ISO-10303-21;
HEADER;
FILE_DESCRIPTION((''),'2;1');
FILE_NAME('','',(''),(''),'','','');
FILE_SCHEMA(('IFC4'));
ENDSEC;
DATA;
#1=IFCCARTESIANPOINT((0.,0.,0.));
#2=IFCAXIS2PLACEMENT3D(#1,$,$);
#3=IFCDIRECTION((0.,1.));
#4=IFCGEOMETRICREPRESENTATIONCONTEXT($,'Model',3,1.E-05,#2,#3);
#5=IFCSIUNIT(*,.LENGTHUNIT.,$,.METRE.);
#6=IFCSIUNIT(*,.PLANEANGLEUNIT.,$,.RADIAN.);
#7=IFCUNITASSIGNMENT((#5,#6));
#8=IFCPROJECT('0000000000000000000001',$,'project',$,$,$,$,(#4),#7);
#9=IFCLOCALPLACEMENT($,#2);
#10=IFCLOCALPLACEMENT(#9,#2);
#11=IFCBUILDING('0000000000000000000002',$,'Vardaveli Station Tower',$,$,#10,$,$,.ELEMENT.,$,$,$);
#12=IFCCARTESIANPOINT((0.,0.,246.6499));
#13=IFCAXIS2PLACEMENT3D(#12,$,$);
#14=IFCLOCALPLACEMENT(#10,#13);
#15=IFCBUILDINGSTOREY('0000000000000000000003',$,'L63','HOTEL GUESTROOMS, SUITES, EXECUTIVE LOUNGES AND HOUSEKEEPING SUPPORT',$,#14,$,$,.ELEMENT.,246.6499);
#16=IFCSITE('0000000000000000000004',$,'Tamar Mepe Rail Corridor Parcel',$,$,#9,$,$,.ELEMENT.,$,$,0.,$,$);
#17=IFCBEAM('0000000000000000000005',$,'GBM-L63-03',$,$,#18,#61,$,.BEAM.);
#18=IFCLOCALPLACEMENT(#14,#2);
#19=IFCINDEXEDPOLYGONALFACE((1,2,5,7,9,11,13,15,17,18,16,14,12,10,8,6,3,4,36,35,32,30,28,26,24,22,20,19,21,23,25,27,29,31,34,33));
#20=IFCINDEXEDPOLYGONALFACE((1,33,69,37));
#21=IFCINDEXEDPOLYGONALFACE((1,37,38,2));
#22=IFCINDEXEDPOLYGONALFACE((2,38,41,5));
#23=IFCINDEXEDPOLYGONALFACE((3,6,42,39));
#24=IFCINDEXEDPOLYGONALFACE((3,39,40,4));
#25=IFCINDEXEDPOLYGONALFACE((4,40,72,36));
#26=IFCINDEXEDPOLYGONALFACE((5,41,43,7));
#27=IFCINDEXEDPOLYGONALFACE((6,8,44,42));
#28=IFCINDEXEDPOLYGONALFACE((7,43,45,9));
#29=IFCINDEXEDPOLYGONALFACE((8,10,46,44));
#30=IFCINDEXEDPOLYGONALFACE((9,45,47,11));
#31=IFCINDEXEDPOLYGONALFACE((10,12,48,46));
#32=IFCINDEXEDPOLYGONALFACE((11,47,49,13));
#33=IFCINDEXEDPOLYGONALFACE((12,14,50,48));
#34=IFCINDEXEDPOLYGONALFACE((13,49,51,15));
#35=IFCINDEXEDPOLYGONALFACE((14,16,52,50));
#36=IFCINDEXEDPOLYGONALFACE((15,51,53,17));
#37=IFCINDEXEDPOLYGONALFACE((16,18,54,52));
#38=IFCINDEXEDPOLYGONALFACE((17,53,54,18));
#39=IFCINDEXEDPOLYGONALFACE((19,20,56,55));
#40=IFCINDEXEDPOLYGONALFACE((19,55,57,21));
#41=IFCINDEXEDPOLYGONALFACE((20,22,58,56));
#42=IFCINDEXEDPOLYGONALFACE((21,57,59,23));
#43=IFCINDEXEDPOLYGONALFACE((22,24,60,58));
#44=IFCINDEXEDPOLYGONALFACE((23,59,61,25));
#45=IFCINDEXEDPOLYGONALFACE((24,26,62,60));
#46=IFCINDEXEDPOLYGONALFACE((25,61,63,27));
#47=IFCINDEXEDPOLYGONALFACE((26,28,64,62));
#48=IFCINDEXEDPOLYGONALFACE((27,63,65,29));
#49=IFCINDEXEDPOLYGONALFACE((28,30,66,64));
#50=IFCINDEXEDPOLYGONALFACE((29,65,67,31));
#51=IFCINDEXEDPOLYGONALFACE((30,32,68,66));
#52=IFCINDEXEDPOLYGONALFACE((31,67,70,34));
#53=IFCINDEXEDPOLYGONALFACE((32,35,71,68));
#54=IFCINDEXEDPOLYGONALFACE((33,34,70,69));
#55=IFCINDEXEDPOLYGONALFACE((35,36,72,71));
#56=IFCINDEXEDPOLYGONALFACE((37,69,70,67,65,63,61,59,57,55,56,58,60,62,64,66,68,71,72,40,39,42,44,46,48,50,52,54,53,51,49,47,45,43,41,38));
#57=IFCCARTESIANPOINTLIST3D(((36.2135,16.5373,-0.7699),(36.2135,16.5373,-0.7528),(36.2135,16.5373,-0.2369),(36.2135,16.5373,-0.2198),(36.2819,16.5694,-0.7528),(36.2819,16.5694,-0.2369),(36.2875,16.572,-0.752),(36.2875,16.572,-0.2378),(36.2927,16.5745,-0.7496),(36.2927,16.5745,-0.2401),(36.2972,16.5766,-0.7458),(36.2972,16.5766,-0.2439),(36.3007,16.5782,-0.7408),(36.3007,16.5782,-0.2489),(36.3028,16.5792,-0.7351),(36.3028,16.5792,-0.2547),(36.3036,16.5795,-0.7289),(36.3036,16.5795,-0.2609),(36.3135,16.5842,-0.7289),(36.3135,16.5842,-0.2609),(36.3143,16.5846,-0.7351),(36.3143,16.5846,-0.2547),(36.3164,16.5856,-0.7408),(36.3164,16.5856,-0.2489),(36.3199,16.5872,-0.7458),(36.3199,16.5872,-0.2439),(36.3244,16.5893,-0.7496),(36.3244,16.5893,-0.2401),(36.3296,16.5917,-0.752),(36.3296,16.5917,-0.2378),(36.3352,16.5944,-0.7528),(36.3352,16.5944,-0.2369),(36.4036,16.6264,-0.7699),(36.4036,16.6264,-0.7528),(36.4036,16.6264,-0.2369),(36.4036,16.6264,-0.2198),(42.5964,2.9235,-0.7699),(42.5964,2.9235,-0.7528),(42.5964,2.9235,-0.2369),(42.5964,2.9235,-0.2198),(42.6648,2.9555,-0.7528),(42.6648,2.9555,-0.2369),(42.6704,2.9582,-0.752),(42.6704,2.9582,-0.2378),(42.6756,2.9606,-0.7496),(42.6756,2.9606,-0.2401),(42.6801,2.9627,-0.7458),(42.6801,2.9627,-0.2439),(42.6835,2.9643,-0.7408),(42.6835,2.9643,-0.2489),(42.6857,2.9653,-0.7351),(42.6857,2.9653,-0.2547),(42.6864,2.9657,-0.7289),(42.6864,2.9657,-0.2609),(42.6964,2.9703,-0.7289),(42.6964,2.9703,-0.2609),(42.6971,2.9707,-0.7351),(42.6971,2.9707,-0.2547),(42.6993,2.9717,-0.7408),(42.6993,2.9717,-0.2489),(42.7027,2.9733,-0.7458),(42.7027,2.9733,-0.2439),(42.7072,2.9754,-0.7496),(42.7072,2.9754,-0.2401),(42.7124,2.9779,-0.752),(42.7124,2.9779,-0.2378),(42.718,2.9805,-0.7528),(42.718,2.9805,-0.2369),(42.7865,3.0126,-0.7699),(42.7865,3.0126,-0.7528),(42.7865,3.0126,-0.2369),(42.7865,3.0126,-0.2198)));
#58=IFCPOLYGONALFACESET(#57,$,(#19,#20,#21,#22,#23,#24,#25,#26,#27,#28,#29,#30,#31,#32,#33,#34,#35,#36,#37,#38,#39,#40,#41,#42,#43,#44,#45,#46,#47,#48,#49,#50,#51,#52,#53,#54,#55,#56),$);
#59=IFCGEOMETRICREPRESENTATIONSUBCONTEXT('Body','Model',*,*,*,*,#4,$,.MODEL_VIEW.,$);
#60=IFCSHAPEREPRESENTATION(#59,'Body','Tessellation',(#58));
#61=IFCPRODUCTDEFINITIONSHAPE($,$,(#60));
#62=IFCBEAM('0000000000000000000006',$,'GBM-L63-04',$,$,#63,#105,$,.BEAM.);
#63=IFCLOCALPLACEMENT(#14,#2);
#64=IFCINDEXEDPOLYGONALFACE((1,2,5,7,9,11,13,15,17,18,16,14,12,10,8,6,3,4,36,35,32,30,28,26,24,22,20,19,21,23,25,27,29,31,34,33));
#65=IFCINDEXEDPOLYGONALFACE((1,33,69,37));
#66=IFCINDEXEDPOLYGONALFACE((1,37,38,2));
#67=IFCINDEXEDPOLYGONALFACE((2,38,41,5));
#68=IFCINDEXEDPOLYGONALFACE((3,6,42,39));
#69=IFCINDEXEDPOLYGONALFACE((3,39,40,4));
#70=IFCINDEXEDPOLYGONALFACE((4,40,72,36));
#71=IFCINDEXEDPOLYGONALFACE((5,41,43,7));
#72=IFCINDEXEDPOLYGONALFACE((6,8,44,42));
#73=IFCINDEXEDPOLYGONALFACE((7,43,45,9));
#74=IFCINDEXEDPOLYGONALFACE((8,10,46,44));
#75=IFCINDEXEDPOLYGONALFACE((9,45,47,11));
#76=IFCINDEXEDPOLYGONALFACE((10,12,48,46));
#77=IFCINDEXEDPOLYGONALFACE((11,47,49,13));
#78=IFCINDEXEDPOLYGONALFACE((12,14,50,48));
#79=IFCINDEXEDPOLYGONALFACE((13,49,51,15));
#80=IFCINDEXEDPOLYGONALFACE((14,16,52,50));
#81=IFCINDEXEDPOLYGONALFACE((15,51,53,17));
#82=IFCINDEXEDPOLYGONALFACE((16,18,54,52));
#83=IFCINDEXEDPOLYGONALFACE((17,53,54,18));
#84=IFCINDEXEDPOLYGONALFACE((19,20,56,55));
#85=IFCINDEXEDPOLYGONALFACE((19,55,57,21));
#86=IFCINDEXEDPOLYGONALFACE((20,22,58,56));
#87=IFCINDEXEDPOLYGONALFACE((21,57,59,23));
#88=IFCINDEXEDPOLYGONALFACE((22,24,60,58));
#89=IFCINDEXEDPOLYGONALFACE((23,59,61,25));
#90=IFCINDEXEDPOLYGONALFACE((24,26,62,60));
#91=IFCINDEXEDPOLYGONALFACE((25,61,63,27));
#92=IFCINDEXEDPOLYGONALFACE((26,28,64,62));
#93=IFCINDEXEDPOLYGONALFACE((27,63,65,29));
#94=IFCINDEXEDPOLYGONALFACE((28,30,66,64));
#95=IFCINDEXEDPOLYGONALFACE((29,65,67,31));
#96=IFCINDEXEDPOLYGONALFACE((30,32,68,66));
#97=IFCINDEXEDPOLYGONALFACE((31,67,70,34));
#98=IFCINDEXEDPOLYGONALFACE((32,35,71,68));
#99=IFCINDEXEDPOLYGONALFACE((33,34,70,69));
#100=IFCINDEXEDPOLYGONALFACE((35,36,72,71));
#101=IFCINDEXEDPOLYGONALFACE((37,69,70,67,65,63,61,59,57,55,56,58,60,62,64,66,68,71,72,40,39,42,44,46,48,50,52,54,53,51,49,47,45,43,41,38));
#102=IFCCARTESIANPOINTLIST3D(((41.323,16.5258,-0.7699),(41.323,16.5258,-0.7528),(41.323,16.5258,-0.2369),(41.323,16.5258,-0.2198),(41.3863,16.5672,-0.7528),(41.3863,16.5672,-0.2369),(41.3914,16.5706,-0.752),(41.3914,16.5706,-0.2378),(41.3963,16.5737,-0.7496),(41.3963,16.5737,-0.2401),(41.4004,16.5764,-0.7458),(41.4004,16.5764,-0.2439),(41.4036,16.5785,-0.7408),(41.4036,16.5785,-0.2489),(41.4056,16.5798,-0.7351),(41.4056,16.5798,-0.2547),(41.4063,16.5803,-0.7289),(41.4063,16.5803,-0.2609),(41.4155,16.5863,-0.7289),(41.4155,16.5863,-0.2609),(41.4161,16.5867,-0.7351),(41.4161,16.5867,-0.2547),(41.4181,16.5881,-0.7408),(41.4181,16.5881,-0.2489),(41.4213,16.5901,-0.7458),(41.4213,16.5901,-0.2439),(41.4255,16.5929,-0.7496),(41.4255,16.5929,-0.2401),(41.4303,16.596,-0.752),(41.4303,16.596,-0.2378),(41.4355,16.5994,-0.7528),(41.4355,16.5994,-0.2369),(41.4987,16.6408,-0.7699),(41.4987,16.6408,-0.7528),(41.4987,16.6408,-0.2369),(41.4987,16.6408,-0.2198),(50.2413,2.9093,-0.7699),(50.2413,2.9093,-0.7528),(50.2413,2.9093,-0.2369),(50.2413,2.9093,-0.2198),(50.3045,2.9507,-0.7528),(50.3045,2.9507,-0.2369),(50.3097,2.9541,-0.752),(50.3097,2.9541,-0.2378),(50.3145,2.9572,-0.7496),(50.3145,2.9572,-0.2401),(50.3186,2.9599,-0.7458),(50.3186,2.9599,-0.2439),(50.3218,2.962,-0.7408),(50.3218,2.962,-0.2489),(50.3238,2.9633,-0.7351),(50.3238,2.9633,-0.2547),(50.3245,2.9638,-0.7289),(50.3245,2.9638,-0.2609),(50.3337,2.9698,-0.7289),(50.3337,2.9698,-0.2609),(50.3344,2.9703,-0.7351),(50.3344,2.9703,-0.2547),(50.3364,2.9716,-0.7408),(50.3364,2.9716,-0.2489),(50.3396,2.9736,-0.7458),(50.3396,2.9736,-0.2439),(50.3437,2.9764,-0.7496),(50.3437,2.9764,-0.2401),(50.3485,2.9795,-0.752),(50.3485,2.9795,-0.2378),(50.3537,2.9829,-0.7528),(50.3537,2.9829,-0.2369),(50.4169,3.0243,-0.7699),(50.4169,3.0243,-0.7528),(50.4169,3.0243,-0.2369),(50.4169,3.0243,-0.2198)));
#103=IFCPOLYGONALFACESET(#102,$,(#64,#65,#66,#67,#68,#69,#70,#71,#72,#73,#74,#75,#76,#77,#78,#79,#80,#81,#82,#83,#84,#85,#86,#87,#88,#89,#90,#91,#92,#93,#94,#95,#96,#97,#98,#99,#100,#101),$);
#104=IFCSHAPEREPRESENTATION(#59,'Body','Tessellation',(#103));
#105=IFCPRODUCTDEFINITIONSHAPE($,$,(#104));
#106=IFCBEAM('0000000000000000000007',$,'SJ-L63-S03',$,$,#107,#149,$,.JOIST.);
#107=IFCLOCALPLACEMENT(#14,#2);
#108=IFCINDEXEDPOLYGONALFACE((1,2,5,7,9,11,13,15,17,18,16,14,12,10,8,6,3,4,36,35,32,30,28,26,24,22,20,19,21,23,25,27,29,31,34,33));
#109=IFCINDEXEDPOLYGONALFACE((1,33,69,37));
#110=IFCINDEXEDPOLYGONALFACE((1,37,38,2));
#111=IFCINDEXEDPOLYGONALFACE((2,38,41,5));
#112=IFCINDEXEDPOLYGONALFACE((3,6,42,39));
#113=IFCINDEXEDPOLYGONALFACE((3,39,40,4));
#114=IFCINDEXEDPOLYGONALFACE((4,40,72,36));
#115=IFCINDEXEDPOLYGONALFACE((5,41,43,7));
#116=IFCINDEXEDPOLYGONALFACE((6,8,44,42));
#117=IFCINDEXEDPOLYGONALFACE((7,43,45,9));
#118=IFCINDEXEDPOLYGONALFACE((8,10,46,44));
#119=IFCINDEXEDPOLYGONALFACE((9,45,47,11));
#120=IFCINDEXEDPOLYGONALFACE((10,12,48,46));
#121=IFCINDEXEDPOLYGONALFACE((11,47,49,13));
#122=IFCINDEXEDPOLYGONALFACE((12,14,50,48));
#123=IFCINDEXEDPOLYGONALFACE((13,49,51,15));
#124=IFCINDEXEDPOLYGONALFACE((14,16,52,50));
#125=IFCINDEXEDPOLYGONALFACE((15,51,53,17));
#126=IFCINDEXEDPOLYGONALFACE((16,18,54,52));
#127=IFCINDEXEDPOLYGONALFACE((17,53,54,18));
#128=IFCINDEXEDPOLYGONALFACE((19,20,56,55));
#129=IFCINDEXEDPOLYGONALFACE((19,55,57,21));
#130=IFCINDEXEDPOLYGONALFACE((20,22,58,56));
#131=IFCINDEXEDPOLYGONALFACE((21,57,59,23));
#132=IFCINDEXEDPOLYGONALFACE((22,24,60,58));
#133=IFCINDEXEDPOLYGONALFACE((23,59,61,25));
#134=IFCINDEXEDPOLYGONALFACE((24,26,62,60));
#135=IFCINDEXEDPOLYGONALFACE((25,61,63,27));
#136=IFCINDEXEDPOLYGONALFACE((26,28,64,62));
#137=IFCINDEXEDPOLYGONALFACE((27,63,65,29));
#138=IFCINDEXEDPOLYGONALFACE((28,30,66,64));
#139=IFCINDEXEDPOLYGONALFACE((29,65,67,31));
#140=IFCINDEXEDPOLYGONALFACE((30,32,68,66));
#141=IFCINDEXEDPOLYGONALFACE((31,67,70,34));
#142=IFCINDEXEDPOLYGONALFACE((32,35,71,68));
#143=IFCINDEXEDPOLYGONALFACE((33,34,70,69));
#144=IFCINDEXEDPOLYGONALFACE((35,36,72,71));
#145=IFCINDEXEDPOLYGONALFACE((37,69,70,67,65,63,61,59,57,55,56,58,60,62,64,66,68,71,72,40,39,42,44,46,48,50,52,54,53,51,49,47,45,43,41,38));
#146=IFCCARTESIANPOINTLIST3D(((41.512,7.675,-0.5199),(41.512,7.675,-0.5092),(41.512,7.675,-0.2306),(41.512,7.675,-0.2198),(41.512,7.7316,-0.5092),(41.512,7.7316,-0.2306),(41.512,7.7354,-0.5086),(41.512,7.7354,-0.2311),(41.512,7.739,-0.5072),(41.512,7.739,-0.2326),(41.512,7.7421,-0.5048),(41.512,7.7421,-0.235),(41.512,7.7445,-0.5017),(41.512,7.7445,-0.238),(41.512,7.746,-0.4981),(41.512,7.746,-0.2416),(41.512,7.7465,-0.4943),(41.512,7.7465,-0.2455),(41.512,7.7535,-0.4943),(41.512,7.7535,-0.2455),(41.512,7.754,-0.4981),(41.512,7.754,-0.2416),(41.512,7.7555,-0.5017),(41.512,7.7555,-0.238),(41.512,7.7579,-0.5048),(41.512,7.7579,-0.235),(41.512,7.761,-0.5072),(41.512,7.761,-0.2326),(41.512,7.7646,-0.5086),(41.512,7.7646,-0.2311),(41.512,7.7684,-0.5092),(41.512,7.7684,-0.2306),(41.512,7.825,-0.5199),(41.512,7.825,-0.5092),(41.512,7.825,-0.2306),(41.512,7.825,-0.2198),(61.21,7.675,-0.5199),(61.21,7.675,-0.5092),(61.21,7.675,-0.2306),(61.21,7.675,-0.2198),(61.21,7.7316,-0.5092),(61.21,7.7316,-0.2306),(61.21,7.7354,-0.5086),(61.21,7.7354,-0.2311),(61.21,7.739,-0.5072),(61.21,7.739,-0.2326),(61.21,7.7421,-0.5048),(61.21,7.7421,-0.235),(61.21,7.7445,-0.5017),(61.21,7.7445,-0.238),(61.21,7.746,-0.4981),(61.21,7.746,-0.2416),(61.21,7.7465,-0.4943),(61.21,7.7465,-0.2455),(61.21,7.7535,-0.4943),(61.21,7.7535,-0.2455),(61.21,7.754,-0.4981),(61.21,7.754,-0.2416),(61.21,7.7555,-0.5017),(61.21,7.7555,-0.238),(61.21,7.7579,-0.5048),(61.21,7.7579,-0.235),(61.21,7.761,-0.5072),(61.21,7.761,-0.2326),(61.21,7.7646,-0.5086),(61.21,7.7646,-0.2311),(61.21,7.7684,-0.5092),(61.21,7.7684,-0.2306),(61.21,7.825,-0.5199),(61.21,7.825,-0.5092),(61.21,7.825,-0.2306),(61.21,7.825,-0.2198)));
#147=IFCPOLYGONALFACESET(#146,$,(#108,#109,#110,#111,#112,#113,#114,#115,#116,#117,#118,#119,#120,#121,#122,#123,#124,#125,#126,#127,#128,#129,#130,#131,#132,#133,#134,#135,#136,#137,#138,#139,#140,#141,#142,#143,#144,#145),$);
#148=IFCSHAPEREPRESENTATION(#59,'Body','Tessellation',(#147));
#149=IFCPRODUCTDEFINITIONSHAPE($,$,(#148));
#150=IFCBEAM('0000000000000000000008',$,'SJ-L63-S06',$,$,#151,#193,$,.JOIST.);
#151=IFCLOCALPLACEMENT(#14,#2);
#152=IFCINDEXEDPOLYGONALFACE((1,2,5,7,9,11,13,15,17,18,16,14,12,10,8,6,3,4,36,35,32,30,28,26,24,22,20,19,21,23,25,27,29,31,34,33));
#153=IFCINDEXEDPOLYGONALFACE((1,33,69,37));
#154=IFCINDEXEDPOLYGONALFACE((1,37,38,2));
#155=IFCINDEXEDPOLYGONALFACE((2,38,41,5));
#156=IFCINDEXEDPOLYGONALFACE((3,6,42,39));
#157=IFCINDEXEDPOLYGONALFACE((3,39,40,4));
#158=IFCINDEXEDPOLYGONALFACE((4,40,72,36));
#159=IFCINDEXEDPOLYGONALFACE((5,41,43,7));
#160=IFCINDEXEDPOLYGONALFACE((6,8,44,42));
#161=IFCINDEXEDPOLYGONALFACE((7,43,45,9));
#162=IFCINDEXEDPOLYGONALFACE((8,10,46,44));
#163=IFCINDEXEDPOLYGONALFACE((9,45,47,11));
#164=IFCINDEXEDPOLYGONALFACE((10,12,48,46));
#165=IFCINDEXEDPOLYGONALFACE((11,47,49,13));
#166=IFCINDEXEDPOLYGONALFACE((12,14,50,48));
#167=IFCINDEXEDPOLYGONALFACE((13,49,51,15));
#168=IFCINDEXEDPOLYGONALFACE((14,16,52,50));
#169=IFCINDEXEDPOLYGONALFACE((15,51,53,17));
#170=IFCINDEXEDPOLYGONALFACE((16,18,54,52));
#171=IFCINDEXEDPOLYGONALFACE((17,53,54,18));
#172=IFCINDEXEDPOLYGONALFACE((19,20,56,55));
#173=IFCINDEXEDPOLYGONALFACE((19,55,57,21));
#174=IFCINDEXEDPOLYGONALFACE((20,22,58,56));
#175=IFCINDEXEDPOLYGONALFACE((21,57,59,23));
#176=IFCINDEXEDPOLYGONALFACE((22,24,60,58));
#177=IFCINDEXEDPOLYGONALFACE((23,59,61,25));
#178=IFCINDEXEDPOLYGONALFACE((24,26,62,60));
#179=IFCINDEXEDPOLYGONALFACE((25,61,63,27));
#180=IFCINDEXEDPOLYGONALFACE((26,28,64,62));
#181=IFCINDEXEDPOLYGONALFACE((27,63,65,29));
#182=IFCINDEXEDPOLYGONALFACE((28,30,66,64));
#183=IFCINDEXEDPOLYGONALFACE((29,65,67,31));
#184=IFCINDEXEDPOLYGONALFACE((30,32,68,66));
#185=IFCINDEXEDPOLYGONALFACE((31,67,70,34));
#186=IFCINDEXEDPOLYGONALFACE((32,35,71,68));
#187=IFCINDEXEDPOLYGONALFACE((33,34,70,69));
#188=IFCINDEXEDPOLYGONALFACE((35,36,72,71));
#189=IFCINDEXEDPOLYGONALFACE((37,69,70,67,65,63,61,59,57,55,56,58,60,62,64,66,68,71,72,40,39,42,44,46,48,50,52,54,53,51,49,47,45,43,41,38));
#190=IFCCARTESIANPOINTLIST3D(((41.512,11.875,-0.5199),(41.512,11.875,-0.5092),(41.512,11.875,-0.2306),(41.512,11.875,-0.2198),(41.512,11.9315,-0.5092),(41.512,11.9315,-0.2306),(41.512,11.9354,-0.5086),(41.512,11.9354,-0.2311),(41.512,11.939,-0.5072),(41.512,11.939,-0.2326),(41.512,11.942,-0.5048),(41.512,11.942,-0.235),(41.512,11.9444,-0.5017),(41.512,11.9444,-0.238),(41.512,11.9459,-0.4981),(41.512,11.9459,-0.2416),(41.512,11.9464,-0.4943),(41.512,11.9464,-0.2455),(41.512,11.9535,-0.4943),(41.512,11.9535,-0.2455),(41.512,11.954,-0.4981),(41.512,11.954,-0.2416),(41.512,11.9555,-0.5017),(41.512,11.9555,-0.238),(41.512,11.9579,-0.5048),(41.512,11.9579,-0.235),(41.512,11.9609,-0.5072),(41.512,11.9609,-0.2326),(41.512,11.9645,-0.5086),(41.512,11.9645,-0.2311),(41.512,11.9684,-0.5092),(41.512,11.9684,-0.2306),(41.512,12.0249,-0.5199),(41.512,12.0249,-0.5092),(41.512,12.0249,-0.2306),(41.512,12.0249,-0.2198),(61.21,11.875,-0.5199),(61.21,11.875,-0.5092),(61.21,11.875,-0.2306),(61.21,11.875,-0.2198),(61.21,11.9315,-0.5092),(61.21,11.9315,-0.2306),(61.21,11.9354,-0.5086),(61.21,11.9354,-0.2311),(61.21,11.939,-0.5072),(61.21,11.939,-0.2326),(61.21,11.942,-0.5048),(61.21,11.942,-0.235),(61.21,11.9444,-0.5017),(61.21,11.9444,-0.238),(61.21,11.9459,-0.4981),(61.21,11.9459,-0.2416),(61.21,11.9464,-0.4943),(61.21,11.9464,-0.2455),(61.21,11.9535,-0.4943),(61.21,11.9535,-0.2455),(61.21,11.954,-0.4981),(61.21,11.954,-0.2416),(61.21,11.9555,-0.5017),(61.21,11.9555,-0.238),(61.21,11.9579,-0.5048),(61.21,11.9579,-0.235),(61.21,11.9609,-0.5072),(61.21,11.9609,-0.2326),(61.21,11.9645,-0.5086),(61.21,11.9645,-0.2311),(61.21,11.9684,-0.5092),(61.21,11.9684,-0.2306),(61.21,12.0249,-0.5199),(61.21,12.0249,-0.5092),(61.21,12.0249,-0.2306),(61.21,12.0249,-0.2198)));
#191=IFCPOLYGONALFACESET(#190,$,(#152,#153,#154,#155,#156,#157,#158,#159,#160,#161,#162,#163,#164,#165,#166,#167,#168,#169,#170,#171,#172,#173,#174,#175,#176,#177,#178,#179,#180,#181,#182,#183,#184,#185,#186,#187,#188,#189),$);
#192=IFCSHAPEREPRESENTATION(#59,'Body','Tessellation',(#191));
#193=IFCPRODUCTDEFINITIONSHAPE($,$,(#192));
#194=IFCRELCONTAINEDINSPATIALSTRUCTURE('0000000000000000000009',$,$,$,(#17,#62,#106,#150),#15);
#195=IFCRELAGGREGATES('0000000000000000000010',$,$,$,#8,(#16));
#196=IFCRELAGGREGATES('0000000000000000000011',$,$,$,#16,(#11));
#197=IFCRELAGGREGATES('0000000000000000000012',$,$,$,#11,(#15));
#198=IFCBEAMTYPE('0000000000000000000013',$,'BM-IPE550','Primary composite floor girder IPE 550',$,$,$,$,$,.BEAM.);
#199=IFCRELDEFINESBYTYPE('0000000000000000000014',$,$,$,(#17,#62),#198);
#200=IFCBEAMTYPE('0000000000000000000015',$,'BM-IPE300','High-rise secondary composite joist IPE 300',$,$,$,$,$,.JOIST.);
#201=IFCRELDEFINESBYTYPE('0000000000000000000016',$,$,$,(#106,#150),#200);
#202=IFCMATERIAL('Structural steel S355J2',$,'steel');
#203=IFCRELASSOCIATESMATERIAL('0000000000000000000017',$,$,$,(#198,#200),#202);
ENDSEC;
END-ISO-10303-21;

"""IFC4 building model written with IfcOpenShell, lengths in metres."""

from ifc_helpers import new_model, si_unit, direction, frame, origin, origin_2d, place, context, subcontext, project, spatial, i_section, extrude, source, transform, mapped, material, material_profile, profile_set, type_object, element, save


model = new_model("IFC4")

# Units and contexts
model_context = context("Model", 3, precision=1e-05, world=origin(), true_north=direction((0.0, 1.0)))
body_context = subcontext(model_context, "Body", "Model", "MODEL_VIEW")
ifc_project = project(units=[si_unit("LENGTHUNIT", "METRE"), si_unit("PLANEANGLEUNIT", "RADIAN")], contexts=[model_context])

# Site, building, storey
site_placement = place(None, origin())
site = spatial("IfcSite", under=ifc_project, at=site_placement, Name="Tamar Mepe Rail Corridor Parcel", CompositionType="ELEMENT", RefElevation=0.0)
building_placement = place(site_placement, origin())
building = spatial("IfcBuilding", under=site, at=building_placement, Name="Vardaveli Station Tower", CompositionType="ELEMENT")
storey_placement = place(building_placement, frame((0.0, 0.0, 246.6499)))
storey = spatial("IfcBuildingStorey", under=building, at=storey_placement, Name="L63", Description="HOTEL GUESTROOMS, SUITES, EXECUTIVE LOUNGES AND HOUSEKEEPING SUPPORT", CompositionType="ELEMENT", Elevation=246.6499)

# Beams
ifc_material_1 = material(Name="Structural steel S355J2", Category="steel")
ifc_material_profile_1 = material_profile(ifc_material_1, i_section(OverallWidth=0.21, OverallDepth=0.55, WebThickness=0.011, FlangeThickness=0.0171, FilletRadius=0.0239, at=origin_2d()), Name="IPE 550")
ifc_profile_set_1 = profile_set([ifc_material_profile_1], Name="Structural steel S355J2")
beam_type_1 = type_object("IfcBeamType", Name="BM-IPE550", Description="Primary composite floor girder IPE 550", PredefinedType="BEAM", material=ifc_profile_set_1)
shared_shape_1 = source(origin(), body_context, "Body", "SweptSolid", [
    extrude(i_section(OverallWidth=0.21, OverallDepth=0.55, WebThickness=0.011, FlangeThickness=0.0171, FilletRadius=0.0239, at=origin_2d()), origin(), (0.0, 0.0, 1.0), 15.0359),
])
beam_1_placement = place(storey_placement, frame((42.6914, 2.968, -0.4949), z_axis=(-0.424508, 0.905424, 0.0), x_axis=(-0.905424, -0.424508, 0.0)))
element("IfcBeam", 1, at=beam_1_placement, inside=storey, type_object=beam_type_1, Name="GBM-L63-03", PredefinedType="BEAM", context=body_context, shape_type="MappedRepresentation", body=[
    mapped(shared_shape_1, transform((0.0, 0.0, 0.0), scale=1.0)),
])
shared_shape_2 = source(origin(), body_context, "Body", "SweptSolid", [
    extrude(i_section(OverallWidth=0.21, OverallDepth=0.55, WebThickness=0.011, FlangeThickness=0.0171, FilletRadius=0.0239, at=origin_2d()), origin(), (0.0, 0.0, 1.0), 16.2771),
])
beam_2_placement = place(storey_placement, frame((50.3291, 2.9668, -0.4949), z_axis=(-0.547901, 0.836543, 0.0), x_axis=(-0.836543, -0.547901, 0.0)))
element("IfcBeam", 2, at=beam_2_placement, inside=storey, type_object=beam_type_1, Name="GBM-L63-04", PredefinedType="BEAM", context=body_context, shape_type="MappedRepresentation", body=[
    mapped(shared_shape_2, transform((0.0, 0.0, 0.0), scale=1.0)),
])
ifc_material_profile_2 = material_profile(ifc_material_1, i_section(OverallWidth=0.1499, OverallDepth=0.3, WebThickness=0.0071, FlangeThickness=0.0107, FilletRadius=0.0149, at=origin_2d()), Name="IPE 300")
ifc_profile_set_2 = profile_set([ifc_material_profile_2], Name="Structural steel S355J2")
beam_type_2 = type_object("IfcBeamType", Name="BM-IPE300", Description="High-rise secondary composite joist IPE 300", PredefinedType="JOIST", material=ifc_profile_set_2)
shared_shape_3 = source(origin(), body_context, "Body", "SweptSolid", [
    extrude(i_section(OverallWidth=0.1499, OverallDepth=0.3, WebThickness=0.0071, FlangeThickness=0.0107, FilletRadius=0.0149, at=origin_2d()), origin(), (0.0, 0.0, 1.0), 19.698),
])
for number, where, z_axis, x_axis, name in (
    (3, (41.512, 7.75, -0.3699), (1.0, 0.0, 0.0), (0.0, 1.0, 0.0), "SJ-L63-S03"),
    (4, (41.512, 11.95, -0.3699), (1.0, 0.0, 0.0), (0.0, 1.0, 0.0), "SJ-L63-S06"),
):
    element("IfcBeam", number, at=place(storey_placement, frame(where, z_axis=z_axis, x_axis=x_axis)), inside=storey, type_object=beam_type_2, Name=name, PredefinedType="JOIST", context=body_context, shape_type="MappedRepresentation", body=[
        mapped(shared_shape_3, transform((0.0, 0.0, 0.0), scale=1.0)),
    ])

save(model, "model.ifc")
